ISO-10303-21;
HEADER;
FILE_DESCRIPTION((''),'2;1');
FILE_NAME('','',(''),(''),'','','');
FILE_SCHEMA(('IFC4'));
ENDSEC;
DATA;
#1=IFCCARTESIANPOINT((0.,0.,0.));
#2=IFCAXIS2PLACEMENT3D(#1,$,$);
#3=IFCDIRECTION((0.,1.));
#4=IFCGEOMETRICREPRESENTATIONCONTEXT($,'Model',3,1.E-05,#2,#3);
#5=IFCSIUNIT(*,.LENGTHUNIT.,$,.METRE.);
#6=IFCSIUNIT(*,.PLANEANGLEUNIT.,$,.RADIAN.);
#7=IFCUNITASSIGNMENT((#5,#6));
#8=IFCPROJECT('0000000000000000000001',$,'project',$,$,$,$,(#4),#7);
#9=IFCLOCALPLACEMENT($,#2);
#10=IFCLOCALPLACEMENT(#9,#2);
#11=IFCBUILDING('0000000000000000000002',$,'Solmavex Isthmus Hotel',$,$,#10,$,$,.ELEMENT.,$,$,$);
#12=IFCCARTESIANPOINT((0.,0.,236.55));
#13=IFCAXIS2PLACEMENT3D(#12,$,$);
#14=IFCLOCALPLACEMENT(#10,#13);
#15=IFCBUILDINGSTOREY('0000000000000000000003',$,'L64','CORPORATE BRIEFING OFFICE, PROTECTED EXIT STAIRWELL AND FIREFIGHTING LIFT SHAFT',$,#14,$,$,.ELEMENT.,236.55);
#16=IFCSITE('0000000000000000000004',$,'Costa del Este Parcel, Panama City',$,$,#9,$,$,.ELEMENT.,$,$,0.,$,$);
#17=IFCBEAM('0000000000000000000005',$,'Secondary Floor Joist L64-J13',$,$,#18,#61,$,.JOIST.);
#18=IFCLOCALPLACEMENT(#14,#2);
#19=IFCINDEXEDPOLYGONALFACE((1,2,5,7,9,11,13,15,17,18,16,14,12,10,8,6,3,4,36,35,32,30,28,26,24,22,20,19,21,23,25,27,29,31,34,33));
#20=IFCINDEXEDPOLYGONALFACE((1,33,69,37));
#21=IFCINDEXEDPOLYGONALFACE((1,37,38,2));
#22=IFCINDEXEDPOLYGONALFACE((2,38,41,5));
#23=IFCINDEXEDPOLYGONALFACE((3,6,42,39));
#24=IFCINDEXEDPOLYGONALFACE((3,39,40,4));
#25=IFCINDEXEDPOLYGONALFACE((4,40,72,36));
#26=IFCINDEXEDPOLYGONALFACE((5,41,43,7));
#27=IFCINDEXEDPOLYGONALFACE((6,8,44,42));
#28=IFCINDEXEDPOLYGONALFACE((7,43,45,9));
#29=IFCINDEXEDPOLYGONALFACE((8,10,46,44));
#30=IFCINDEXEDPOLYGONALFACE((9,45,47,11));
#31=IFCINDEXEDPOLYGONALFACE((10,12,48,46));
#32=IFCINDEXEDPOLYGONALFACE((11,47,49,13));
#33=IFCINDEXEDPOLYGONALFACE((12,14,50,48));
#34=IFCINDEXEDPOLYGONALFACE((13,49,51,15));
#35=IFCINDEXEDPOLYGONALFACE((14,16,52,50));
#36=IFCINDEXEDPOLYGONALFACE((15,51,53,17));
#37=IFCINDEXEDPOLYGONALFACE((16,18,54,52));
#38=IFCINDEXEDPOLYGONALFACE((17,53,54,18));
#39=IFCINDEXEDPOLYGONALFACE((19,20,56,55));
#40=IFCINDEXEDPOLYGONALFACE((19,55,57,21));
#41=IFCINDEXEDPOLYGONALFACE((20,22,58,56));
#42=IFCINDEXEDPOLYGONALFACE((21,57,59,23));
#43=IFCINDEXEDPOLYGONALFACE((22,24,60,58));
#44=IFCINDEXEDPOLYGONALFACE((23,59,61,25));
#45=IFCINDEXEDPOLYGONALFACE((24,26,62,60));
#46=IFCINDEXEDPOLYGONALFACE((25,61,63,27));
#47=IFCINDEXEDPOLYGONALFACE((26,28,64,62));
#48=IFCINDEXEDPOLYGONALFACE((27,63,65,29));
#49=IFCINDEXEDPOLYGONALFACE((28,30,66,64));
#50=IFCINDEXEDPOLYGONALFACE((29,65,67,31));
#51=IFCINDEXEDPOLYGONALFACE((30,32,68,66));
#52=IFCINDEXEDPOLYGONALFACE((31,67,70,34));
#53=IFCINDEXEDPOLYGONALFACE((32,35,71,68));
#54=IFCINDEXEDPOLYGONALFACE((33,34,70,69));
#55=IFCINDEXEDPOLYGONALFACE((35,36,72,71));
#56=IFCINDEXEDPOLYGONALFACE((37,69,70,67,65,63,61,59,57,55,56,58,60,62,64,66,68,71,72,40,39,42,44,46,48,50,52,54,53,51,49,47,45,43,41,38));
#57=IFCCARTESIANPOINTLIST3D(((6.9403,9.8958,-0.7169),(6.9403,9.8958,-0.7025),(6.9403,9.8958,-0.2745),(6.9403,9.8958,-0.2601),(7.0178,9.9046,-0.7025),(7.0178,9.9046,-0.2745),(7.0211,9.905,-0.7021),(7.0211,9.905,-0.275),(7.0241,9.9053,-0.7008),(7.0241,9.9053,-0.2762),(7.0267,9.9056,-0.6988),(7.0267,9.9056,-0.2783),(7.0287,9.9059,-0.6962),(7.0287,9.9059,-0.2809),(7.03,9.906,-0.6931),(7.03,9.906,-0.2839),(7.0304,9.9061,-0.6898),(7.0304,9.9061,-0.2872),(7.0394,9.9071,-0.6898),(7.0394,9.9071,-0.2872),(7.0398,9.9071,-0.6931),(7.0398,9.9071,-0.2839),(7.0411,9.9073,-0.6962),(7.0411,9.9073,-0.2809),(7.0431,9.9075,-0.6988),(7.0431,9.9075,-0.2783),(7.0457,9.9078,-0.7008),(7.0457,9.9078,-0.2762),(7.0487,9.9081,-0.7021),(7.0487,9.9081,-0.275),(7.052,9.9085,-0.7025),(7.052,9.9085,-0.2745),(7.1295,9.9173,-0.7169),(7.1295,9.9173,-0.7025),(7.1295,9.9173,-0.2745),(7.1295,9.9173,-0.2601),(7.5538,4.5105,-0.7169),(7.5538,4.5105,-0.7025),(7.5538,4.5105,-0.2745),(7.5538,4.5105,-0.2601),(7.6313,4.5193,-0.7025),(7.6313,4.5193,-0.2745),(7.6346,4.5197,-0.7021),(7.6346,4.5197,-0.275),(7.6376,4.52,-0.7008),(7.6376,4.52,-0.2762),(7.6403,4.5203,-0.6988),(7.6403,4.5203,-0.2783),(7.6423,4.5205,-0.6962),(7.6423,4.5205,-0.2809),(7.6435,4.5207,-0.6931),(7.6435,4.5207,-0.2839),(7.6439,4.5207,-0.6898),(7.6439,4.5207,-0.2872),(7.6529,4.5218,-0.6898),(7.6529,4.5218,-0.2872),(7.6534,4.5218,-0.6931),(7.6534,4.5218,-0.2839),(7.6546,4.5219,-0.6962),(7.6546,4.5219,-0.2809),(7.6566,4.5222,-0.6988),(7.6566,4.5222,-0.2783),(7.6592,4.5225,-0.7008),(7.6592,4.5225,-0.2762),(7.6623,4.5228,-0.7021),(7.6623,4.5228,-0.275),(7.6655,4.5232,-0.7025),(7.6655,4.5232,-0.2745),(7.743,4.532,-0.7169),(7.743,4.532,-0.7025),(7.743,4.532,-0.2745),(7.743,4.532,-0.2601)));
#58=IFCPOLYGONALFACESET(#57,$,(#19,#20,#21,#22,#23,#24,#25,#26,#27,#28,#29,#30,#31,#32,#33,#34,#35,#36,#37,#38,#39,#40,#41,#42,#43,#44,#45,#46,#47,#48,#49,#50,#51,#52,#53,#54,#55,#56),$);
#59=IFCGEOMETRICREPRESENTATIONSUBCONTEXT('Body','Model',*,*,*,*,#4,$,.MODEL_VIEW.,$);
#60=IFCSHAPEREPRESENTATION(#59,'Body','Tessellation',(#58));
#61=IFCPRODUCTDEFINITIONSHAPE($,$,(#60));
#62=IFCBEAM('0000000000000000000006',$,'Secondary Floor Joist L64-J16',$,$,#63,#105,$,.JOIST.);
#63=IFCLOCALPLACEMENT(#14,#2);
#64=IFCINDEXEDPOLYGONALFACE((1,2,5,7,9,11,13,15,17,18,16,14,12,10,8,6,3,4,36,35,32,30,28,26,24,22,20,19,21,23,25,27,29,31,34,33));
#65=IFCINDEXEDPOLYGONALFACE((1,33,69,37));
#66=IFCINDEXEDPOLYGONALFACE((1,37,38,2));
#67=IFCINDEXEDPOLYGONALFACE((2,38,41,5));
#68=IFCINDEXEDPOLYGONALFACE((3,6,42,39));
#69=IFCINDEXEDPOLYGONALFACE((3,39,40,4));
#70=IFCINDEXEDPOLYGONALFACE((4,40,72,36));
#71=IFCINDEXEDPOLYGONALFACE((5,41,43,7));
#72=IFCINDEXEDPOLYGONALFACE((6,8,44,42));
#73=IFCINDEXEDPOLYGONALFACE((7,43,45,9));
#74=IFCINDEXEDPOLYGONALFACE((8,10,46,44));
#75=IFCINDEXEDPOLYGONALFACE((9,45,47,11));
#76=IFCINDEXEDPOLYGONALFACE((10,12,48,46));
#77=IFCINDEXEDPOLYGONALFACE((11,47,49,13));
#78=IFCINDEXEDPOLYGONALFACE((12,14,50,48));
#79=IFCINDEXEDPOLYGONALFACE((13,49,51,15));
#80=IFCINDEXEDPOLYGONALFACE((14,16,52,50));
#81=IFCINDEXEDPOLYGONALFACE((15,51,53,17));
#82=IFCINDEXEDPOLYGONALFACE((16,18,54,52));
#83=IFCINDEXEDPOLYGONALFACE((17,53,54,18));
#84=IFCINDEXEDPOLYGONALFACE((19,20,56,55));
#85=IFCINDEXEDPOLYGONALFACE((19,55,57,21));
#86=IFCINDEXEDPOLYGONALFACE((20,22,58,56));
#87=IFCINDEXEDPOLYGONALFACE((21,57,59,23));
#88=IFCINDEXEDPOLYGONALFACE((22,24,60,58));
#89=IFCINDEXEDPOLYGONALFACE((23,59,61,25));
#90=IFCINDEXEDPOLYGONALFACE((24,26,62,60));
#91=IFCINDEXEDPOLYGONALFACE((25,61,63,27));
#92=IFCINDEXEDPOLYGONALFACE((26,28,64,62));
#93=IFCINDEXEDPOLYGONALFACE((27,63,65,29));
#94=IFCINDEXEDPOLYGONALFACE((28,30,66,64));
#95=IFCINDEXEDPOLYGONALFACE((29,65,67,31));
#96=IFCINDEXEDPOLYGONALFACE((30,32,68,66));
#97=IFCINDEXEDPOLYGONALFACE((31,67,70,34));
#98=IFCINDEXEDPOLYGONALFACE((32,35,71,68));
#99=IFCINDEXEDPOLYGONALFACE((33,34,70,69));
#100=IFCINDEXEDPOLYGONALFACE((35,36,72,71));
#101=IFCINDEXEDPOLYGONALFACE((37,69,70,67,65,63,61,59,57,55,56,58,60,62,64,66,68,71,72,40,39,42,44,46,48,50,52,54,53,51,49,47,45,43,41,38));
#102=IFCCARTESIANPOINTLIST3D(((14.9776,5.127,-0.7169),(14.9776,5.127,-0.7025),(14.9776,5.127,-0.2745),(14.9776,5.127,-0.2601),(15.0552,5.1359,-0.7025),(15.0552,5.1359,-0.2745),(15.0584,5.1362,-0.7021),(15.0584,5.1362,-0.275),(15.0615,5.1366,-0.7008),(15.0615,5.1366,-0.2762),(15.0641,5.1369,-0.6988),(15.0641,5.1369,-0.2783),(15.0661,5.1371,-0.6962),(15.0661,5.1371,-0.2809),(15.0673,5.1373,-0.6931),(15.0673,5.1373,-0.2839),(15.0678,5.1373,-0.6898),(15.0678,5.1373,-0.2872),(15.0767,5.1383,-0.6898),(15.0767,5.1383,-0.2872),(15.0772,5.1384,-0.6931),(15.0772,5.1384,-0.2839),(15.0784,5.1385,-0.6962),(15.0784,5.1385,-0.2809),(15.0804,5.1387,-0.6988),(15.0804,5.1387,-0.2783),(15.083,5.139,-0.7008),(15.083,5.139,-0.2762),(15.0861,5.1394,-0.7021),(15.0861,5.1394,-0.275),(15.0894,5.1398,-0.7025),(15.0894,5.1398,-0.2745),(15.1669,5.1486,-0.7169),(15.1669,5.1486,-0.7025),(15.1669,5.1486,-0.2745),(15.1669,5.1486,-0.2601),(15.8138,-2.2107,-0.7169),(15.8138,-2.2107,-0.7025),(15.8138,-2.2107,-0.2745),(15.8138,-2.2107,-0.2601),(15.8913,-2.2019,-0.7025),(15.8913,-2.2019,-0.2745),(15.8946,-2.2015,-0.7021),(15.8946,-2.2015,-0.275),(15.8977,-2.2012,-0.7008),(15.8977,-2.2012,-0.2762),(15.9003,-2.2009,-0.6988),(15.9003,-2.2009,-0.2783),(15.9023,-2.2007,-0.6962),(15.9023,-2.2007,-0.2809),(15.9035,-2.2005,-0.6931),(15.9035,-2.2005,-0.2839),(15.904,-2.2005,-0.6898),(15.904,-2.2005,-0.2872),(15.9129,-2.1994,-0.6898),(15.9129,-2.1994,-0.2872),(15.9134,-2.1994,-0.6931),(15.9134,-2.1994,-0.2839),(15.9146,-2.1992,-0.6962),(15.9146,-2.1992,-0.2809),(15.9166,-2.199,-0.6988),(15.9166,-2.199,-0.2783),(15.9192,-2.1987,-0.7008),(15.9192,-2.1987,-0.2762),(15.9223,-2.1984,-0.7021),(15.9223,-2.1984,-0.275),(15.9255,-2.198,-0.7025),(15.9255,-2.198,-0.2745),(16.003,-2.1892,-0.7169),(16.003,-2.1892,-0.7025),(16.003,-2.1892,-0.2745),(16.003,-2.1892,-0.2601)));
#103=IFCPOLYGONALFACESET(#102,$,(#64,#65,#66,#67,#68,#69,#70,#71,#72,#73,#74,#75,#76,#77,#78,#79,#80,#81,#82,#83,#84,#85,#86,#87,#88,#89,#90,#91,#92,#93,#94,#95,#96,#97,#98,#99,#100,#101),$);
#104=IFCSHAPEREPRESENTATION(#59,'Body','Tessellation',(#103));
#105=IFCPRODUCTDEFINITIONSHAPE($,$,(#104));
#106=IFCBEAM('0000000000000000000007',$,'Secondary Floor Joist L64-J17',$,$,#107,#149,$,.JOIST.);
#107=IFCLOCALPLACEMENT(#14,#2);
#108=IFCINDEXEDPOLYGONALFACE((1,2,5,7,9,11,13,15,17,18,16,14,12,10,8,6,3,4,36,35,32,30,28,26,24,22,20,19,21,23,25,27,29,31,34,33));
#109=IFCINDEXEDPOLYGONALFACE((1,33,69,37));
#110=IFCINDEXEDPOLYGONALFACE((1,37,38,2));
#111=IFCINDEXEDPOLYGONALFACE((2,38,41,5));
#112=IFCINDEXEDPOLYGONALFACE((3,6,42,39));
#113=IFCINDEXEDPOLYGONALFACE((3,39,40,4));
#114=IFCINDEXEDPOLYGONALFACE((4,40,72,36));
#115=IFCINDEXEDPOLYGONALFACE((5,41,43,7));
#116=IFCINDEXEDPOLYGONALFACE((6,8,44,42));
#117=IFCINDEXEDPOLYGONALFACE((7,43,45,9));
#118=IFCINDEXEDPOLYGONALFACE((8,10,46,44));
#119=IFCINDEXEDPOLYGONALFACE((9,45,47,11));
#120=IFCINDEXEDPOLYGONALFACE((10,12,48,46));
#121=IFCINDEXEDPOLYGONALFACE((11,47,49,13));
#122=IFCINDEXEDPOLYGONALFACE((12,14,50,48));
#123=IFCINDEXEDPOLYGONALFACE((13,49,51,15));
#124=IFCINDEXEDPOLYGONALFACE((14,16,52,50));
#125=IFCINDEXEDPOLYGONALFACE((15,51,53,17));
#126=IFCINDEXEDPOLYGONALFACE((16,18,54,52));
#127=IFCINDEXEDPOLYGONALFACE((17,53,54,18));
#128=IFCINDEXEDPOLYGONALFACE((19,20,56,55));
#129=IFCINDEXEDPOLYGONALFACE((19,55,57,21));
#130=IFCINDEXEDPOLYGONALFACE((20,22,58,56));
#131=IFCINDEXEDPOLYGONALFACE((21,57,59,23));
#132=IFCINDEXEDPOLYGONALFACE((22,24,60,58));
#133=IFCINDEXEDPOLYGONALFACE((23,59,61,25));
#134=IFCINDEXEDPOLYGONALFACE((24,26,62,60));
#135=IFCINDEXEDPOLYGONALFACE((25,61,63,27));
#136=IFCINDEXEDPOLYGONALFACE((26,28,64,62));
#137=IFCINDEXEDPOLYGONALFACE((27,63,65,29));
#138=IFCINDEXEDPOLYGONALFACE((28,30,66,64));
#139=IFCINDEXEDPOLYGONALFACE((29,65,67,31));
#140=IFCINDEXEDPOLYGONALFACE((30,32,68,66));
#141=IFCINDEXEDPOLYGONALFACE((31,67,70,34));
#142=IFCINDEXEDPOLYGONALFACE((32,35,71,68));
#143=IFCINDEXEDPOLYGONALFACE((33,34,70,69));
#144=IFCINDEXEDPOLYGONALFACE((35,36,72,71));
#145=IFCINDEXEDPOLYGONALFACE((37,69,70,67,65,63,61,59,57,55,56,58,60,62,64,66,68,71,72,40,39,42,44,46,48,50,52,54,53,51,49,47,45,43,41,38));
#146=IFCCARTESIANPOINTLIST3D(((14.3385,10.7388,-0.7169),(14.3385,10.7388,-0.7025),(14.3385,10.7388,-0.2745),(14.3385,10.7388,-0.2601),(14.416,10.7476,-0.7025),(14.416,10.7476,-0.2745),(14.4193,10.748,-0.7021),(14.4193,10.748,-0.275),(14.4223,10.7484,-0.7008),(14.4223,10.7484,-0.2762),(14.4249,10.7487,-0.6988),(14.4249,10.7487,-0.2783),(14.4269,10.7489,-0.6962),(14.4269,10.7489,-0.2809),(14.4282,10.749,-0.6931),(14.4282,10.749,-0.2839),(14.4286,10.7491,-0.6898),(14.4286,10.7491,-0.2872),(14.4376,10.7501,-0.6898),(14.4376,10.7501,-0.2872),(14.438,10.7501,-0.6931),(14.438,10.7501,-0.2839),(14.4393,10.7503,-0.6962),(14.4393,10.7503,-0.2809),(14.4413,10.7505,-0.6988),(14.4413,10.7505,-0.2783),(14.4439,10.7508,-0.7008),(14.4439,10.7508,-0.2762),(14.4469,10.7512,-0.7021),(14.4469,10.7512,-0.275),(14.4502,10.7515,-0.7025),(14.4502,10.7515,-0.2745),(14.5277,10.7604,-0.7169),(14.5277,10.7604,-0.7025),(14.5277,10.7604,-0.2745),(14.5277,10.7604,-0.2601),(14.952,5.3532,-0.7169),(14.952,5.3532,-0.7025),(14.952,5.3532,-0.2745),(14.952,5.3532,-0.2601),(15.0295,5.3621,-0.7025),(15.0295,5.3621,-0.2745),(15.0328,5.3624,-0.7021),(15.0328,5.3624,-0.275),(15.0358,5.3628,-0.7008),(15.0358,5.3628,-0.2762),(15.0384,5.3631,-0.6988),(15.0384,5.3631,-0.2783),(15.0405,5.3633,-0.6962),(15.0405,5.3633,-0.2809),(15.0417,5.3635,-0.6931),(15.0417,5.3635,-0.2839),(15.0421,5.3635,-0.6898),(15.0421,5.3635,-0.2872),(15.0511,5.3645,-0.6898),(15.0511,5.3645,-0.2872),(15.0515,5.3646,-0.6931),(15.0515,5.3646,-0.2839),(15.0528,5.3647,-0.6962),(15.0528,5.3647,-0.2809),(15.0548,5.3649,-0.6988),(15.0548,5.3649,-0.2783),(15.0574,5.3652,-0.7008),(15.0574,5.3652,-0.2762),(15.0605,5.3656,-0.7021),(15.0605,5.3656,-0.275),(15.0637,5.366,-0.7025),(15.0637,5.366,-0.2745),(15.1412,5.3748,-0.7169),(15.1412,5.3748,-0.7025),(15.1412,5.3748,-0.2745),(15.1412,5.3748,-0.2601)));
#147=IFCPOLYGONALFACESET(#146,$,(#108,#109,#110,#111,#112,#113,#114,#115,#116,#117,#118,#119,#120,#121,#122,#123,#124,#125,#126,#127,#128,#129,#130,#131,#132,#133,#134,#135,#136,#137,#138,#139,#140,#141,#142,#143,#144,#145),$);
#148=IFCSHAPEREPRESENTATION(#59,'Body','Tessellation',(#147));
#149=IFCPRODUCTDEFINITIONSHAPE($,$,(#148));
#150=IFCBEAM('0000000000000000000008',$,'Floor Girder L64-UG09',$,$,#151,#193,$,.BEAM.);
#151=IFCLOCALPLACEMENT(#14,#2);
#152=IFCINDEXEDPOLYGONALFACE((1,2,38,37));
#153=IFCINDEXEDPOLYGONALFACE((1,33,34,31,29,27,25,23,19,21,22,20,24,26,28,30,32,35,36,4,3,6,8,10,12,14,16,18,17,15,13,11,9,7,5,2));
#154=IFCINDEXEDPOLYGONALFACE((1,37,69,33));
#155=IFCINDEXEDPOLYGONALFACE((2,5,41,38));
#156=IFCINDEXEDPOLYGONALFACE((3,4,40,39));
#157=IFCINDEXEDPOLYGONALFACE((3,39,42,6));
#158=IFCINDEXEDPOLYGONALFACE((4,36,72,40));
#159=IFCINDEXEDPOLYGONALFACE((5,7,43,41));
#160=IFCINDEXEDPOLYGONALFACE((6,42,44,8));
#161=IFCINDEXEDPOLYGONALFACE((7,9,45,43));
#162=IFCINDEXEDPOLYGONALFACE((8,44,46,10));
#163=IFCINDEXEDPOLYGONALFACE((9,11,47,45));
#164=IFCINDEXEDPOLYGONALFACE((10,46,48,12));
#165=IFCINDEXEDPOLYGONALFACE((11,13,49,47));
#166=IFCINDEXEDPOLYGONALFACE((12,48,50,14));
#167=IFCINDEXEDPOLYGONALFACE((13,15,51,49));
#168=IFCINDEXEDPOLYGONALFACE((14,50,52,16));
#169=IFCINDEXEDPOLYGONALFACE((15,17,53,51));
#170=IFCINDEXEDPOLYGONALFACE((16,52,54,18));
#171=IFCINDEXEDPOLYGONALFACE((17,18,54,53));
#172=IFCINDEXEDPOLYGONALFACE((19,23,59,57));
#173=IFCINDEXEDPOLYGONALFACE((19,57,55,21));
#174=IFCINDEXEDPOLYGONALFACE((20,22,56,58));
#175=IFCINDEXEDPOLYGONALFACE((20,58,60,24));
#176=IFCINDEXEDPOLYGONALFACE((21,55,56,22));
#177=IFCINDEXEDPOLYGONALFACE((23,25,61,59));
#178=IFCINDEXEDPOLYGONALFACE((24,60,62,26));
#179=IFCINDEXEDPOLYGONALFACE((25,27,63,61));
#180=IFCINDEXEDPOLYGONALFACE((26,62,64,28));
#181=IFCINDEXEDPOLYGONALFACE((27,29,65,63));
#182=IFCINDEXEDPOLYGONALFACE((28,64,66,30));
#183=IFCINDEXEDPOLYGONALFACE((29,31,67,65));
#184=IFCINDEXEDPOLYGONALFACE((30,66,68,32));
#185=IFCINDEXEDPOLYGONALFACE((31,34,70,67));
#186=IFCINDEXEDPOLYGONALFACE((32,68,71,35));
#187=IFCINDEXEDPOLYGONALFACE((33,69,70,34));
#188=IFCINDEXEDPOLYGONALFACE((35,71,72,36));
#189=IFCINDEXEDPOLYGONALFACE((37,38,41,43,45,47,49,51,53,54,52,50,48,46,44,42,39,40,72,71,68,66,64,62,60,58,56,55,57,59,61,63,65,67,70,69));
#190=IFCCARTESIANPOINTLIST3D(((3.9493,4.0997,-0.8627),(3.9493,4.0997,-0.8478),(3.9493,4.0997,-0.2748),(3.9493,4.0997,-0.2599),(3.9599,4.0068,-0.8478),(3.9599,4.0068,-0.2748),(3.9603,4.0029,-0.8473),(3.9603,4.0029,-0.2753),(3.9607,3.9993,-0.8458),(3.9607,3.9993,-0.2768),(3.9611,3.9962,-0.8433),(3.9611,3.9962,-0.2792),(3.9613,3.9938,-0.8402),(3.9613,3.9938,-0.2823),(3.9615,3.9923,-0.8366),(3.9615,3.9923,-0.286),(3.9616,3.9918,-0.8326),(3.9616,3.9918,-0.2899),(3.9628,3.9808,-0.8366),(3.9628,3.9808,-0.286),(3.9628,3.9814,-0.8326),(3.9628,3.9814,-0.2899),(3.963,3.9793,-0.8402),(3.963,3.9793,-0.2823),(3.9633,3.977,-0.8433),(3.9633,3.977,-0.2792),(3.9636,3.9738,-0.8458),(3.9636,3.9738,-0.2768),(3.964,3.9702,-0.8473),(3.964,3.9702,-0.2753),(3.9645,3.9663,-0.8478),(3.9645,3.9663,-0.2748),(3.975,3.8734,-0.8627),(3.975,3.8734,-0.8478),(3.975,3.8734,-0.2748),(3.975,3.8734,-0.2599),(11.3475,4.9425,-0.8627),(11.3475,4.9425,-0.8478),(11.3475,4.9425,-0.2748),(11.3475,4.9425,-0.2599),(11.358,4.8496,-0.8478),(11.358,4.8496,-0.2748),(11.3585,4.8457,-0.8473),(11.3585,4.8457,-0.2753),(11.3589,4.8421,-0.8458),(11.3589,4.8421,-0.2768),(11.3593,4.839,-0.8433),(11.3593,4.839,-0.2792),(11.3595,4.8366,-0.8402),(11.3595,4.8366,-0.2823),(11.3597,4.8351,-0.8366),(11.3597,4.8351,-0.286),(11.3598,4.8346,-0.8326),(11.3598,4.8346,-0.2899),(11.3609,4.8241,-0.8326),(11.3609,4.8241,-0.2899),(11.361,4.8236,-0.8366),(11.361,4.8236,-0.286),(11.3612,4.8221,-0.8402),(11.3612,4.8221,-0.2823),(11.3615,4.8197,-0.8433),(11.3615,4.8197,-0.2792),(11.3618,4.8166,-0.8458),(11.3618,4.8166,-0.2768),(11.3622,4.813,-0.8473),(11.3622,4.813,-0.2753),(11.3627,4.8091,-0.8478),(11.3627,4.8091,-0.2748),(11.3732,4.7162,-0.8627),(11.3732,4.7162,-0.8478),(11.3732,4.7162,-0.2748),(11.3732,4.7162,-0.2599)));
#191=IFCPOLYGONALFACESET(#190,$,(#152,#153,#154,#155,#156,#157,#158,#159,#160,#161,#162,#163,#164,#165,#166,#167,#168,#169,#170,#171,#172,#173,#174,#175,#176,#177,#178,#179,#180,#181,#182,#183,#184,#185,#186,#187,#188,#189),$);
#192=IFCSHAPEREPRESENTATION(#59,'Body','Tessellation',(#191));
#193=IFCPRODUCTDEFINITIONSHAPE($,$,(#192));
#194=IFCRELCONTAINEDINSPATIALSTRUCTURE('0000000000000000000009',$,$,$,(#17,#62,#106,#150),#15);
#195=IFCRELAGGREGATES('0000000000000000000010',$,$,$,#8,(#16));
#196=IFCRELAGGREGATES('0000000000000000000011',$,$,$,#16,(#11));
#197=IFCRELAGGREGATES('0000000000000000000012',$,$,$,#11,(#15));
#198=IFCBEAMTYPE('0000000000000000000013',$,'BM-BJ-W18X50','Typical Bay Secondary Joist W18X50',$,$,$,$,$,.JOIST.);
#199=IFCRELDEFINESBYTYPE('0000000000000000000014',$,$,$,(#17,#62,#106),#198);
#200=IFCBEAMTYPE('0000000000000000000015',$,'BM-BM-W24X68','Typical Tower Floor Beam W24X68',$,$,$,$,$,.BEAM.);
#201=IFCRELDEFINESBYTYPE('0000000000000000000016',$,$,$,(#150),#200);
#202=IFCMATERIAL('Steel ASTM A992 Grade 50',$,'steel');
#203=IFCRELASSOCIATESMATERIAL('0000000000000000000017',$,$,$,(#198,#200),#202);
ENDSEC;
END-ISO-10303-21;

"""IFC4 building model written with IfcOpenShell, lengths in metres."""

from ifc_helpers import new_model, si_unit, direction, frame, origin, origin_2d, place, context, subcontext, project, spatial, i_section, extrude, material, material_profile, profile_set, type_object, element, save


model = new_model("IFC4")

# Units and contexts
model_context = context("Model", 3, precision=1e-05, world=origin(), true_north=direction((0.0, 1.0)))
body_context = subcontext(model_context, "Body", "Model", "MODEL_VIEW")
ifc_project = project(units=[si_unit("LENGTHUNIT", "METRE"), si_unit("PLANEANGLEUNIT", "RADIAN")], contexts=[model_context])

# Site, building, storey
site_placement = place(None, origin())
site = spatial("IfcSite", under=ifc_project, at=site_placement, Name="Costa del Este Parcel, Panama City", CompositionType="ELEMENT", RefElevation=0.0)
building_placement = place(site_placement, origin())
building = spatial("IfcBuilding", under=site, at=building_placement, Name="Solmavex Isthmus Hotel", CompositionType="ELEMENT")
storey_placement = place(building_placement, frame((0.0, 0.0, 236.55)))
storey = spatial("IfcBuildingStorey", under=building, at=storey_placement, Name="L64", Description="CORPORATE BRIEFING OFFICE, PROTECTED EXIT STAIRWELL AND FIREFIGHTING LIFT SHAFT", CompositionType="ELEMENT", Elevation=236.55)

# Beams
ifc_material_1 = material(Name="Steel ASTM A992 Grade 50", Category="steel")
ifc_material_profile_1 = material_profile(ifc_material_1, i_section(OverallWidth=0.1904, OverallDepth=0.4568, WebThickness=0.009, FlangeThickness=0.0144, FilletRadius=0.0127, at=origin_2d()), Name="W18X50")
ifc_profile_set_1 = profile_set([ifc_material_profile_1], Name="Steel ASTM A992 Grade 50")
beam_type_1 = type_object("IfcBeamType", Name="BM-BJ-W18X50", Description="Typical Bay Secondary Joist W18X50", PredefinedType="JOIST", material=ifc_profile_set_1)
beam_1_placement = place(storey_placement, frame((7.6484, 4.5212, -0.4885), z_axis=(-0.113195, 0.993573, 0.0), x_axis=(-0.993573, -0.113195, 0.0)))
element("IfcBeam", 1, at=beam_1_placement, inside=storey, type_object=beam_type_1, Name="Secondary Floor Joist L64-J13", PredefinedType="JOIST", context=body_context, shape_type="SweptSolid", body=[
    extrude(i_section(OverallWidth=0.1904, OverallDepth=0.4568, WebThickness=0.009, FlangeThickness=0.0144, FilletRadius=0.0127, at=origin_2d()), origin(), (0.0, 0.0, 1.0), 5.4202),
])
beam_2_placement = place(storey_placement, frame((15.9084, -2.2, -0.4885), z_axis=(-0.113225, 0.993569, 0.0), x_axis=(-0.993569, -0.113225, 0.0)))
element("IfcBeam", 2, at=beam_2_placement, inside=storey, type_object=beam_type_1, Name="Secondary Floor Joist L64-J16", PredefinedType="JOIST", context=body_context, shape_type="SweptSolid", body=[
    extrude(i_section(OverallWidth=0.1904, OverallDepth=0.4568, WebThickness=0.009, FlangeThickness=0.0144, FilletRadius=0.0127, at=origin_2d()), origin(), (0.0, 0.0, 1.0), 7.3853),
])
beam_3_placement = place(storey_placement, frame((15.0466, 5.364, -0.4885), z_axis=(-0.11319, 0.993573, 0.0), x_axis=(-0.993573, -0.11319, 0.0)))
element("IfcBeam", 3, at=beam_3_placement, inside=storey, type_object=beam_type_1, Name="Secondary Floor Joist L64-J17", PredefinedType="JOIST", context=body_context, shape_type="SweptSolid", body=[
    extrude(i_section(OverallWidth=0.1904, OverallDepth=0.4568, WebThickness=0.009, FlangeThickness=0.0144, FilletRadius=0.0127, at=origin_2d()), origin(), (0.0, 0.0, 1.0), 5.4204),
])
ifc_material_profile_2 = material_profile(ifc_material_1, i_section(OverallWidth=0.2278, OverallDepth=0.6028, WebThickness=0.0105, FlangeThickness=0.0149, FilletRadius=0.0151, at=origin_2d()), Name="W24X68")
ifc_profile_set_2 = profile_set([ifc_material_profile_2], Name="Steel ASTM A992 Grade 50")
beam_type_2 = type_object("IfcBeamType", Name="BM-BM-W24X68", Description="Typical Tower Floor Beam W24X68", PredefinedType="BEAM", material=ifc_profile_set_2)
for number, where, z_axis, x_axis, name in (
    (4, (3.9622, 3.9866, -0.5613), (0.993574, 0.113184, 0.0), (-0.113184, 0.993574, 0.0), "Floor Girder L64-UG09"),
):
    element("IfcBeam", number, at=place(storey_placement, frame(where, z_axis=z_axis, x_axis=x_axis)), inside=storey, type_object=beam_type_2, Name=name, PredefinedType="BEAM", context=body_context, shape_type="SweptSolid", body=[
        extrude(i_section(OverallWidth=0.2278, OverallDepth=0.6028, WebThickness=0.0105, FlangeThickness=0.0149, FilletRadius=0.0151, at=origin_2d()), origin(), (0.0, 0.0, 1.0), 7.446),
    ])

save(model, "model.ifc")
